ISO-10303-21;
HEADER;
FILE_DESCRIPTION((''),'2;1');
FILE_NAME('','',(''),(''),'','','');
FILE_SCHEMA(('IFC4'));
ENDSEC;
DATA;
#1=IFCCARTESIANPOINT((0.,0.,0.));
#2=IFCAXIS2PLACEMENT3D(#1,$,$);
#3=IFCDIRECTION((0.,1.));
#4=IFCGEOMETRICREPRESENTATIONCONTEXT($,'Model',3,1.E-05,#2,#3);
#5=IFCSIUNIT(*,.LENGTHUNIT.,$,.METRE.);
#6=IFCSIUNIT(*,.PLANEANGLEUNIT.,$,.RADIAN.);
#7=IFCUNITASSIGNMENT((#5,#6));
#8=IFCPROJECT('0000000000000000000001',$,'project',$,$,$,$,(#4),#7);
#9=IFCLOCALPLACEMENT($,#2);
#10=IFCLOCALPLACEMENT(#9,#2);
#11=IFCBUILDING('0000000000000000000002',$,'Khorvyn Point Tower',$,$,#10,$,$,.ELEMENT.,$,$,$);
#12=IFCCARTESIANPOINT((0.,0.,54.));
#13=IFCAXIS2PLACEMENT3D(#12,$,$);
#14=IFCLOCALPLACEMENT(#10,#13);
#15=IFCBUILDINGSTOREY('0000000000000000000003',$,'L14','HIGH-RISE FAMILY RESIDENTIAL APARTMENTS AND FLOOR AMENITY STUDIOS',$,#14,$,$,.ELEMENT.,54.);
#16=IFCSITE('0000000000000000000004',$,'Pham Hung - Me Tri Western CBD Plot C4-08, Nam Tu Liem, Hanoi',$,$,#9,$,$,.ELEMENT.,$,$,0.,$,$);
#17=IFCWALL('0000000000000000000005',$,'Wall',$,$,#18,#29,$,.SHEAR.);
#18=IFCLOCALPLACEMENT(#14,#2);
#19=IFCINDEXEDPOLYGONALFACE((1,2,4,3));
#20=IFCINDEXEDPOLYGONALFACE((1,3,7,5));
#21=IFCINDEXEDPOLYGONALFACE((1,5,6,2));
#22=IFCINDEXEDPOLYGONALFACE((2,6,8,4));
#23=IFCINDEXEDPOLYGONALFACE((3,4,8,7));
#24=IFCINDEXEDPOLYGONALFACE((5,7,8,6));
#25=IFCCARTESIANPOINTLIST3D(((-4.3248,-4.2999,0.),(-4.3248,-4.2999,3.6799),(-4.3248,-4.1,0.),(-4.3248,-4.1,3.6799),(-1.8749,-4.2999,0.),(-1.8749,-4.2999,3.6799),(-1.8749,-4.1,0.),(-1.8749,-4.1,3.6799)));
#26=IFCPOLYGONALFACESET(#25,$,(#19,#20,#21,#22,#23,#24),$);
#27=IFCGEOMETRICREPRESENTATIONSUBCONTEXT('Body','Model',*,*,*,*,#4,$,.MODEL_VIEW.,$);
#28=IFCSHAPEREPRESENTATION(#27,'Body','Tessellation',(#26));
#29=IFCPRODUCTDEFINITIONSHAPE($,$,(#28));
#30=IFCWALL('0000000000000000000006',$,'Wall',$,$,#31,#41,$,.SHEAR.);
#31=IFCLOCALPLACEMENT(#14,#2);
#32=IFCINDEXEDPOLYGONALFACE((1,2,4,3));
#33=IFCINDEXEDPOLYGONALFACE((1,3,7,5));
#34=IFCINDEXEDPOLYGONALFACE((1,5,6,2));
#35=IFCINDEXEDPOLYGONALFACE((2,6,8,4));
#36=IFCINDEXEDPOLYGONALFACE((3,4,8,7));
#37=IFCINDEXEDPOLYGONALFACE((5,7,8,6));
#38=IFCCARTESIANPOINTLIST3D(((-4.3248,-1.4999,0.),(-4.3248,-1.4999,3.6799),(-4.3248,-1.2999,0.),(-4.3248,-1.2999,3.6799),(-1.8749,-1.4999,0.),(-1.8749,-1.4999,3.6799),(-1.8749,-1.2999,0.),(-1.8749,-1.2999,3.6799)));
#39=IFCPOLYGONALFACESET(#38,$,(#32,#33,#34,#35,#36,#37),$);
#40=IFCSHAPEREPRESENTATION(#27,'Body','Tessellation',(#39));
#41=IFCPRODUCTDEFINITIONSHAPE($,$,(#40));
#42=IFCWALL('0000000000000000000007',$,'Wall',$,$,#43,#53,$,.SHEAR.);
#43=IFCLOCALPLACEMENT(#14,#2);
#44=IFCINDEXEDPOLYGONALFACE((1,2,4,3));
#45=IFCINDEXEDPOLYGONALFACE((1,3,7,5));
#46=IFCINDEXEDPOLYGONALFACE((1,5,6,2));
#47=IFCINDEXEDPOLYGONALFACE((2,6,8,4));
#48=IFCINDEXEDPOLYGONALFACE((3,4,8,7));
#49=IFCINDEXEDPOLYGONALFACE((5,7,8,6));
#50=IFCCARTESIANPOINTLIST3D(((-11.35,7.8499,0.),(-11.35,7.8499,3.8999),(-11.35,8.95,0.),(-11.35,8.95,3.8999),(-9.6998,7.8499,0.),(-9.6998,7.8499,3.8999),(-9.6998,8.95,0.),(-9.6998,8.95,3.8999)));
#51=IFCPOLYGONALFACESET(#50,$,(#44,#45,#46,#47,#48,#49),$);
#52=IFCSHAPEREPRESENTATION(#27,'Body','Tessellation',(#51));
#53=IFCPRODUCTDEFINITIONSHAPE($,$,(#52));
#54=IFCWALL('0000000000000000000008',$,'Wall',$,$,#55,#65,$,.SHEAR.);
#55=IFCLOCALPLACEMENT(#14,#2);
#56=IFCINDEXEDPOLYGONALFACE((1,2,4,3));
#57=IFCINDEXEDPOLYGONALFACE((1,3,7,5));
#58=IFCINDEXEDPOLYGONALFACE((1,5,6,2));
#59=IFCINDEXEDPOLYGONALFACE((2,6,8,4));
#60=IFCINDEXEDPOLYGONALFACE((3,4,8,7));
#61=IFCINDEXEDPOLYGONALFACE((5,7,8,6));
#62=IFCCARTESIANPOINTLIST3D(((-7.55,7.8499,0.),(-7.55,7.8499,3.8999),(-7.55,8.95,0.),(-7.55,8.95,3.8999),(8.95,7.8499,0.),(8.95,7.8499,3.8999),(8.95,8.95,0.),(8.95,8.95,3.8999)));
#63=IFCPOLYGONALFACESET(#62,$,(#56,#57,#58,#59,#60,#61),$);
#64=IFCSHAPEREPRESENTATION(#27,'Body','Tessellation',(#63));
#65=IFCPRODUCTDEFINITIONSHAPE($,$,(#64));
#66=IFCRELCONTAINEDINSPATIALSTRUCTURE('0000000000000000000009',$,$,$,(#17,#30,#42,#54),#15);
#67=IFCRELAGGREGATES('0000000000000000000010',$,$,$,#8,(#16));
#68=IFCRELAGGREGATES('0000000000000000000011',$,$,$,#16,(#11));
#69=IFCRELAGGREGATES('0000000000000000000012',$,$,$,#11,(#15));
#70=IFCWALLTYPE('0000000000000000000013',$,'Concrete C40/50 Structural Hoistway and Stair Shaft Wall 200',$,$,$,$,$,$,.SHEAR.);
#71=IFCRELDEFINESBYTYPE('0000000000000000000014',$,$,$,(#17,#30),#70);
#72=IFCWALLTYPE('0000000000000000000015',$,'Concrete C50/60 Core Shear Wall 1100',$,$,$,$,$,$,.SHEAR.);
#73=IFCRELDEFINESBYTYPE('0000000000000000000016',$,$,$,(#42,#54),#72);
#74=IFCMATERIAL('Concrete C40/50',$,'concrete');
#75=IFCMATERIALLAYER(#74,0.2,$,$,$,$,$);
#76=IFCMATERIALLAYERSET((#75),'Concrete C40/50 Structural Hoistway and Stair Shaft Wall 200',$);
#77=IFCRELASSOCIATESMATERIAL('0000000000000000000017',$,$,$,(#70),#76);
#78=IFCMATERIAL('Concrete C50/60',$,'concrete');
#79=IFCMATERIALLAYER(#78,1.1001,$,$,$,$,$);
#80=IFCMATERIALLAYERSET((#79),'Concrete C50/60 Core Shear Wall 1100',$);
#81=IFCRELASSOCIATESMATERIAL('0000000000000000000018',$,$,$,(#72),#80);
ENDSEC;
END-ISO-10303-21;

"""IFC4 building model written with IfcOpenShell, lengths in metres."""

from ifc_helpers import new_model, si_unit, direction, frame, frame_2d, origin, place, context, subcontext, project, spatial, rectangle, extrude, material, layer, layer_set, type_object, element, save


model = new_model("IFC4")

# Units and contexts
model_context = context("Model", 3, precision=1e-05, world=origin(), true_north=direction((0.0, 1.0)))
body_context = subcontext(model_context, "Body", "Model", "MODEL_VIEW")
ifc_project = project(units=[si_unit("LENGTHUNIT", "METRE"), si_unit("PLANEANGLEUNIT", "RADIAN")], contexts=[model_context])

# Site, building, storey
site_placement = place(None, origin())
site = spatial("IfcSite", under=ifc_project, at=site_placement, Name="Pham Hung - Me Tri Western CBD Plot C4-08, Nam Tu Liem, Hanoi", CompositionType="ELEMENT", RefElevation=0.0)
building_placement = place(site_placement, origin())
building = spatial("IfcBuilding", under=site, at=building_placement, Name="Khorvyn Point Tower", CompositionType="ELEMENT")
storey_placement = place(building_placement, frame((0.0, 0.0, 54.0)))
storey = spatial("IfcBuildingStorey", under=building, at=storey_placement, Name="L14", Description="HIGH-RISE FAMILY RESIDENTIAL APARTMENTS AND FLOOR AMENITY STUDIOS", CompositionType="ELEMENT", Elevation=54.0)

# Shared definitions
ifc_material_1 = material(Name="Concrete C40/50", Category="concrete")

# Shared definitions
ifc_material_2 = material(Name="Concrete C50/60", Category="concrete")

# Shared definitions
ifc_layer_1 = layer(ifc_material_1, 0.2)
ifc_layer_set_1 = layer_set([ifc_layer_1], Name="Concrete C40/50 Structural Hoistway and Stair Shaft Wall 200")
wall_type_1 = type_object("IfcWallType", Name="Concrete C40/50 Structural Hoistway and Stair Shaft Wall 200", PredefinedType="SHEAR", material=ifc_layer_set_1)

# Walls
for number, where, z_axis, x_axis, name in (
    (1, (-4.325, -4.2, 0.0), (0.0, 0.0, 1.0), (1.0, 0.0, 0.0), "Wall"),
    (2, (-4.325, -1.3999, 0.0), (0.0, 0.0, 1.0), (1.0, 0.0, 0.0), "Wall"),
):
    element("IfcWall", number, at=place(storey_placement, frame(where, z_axis=z_axis, x_axis=x_axis)), inside=storey, type_object=wall_type_1, Name=name, PredefinedType="SHEAR", context=body_context, shape_type="SweptSolid", body=[
        extrude(rectangle(XDim=2.45, YDim=0.2, at=frame_2d((1.2251, 0.0))), origin(), (0.0, 0.0, 1.0), 3.6799),
    ])
ifc_layer_2 = layer(ifc_material_2, 1.1001)
ifc_layer_set_2 = layer_set([ifc_layer_2], Name="Concrete C50/60 Core Shear Wall 1100")
wall_type_2 = type_object("IfcWallType", Name="Concrete C50/60 Core Shear Wall 1100", PredefinedType="SHEAR", material=ifc_layer_set_2)
wall_1_placement = place(storey_placement, frame((-11.3501, 8.3999, 0.0), z_axis=(0.0, 0.0, 1.0), x_axis=(1.0, 0.0, 0.0)))
element("IfcWall", 3, at=wall_1_placement, inside=storey, type_object=wall_type_2, Name="Wall", PredefinedType="SHEAR", context=body_context, shape_type="SweptSolid", body=[
    extrude(rectangle(XDim=1.6501, YDim=1.1001, at=frame_2d((0.8252, 0.0))), origin(), (0.0, 0.0, 1.0), 3.8999),
])
wall_2_placement = place(storey_placement, frame((-7.55, 8.3999, 0.0), z_axis=(0.0, 0.0, 1.0), x_axis=(1.0, 0.0, 0.0)))
element("IfcWall", 4, at=wall_2_placement, inside=storey, type_object=wall_type_2, Name="Wall", PredefinedType="SHEAR", context=body_context, shape_type="SweptSolid", body=[
    extrude(rectangle(XDim=16.5, YDim=1.1001, at=frame_2d((8.25, 0.0))), origin(), (0.0, 0.0, 1.0), 3.8999),
])

save(model, "model.ifc")
